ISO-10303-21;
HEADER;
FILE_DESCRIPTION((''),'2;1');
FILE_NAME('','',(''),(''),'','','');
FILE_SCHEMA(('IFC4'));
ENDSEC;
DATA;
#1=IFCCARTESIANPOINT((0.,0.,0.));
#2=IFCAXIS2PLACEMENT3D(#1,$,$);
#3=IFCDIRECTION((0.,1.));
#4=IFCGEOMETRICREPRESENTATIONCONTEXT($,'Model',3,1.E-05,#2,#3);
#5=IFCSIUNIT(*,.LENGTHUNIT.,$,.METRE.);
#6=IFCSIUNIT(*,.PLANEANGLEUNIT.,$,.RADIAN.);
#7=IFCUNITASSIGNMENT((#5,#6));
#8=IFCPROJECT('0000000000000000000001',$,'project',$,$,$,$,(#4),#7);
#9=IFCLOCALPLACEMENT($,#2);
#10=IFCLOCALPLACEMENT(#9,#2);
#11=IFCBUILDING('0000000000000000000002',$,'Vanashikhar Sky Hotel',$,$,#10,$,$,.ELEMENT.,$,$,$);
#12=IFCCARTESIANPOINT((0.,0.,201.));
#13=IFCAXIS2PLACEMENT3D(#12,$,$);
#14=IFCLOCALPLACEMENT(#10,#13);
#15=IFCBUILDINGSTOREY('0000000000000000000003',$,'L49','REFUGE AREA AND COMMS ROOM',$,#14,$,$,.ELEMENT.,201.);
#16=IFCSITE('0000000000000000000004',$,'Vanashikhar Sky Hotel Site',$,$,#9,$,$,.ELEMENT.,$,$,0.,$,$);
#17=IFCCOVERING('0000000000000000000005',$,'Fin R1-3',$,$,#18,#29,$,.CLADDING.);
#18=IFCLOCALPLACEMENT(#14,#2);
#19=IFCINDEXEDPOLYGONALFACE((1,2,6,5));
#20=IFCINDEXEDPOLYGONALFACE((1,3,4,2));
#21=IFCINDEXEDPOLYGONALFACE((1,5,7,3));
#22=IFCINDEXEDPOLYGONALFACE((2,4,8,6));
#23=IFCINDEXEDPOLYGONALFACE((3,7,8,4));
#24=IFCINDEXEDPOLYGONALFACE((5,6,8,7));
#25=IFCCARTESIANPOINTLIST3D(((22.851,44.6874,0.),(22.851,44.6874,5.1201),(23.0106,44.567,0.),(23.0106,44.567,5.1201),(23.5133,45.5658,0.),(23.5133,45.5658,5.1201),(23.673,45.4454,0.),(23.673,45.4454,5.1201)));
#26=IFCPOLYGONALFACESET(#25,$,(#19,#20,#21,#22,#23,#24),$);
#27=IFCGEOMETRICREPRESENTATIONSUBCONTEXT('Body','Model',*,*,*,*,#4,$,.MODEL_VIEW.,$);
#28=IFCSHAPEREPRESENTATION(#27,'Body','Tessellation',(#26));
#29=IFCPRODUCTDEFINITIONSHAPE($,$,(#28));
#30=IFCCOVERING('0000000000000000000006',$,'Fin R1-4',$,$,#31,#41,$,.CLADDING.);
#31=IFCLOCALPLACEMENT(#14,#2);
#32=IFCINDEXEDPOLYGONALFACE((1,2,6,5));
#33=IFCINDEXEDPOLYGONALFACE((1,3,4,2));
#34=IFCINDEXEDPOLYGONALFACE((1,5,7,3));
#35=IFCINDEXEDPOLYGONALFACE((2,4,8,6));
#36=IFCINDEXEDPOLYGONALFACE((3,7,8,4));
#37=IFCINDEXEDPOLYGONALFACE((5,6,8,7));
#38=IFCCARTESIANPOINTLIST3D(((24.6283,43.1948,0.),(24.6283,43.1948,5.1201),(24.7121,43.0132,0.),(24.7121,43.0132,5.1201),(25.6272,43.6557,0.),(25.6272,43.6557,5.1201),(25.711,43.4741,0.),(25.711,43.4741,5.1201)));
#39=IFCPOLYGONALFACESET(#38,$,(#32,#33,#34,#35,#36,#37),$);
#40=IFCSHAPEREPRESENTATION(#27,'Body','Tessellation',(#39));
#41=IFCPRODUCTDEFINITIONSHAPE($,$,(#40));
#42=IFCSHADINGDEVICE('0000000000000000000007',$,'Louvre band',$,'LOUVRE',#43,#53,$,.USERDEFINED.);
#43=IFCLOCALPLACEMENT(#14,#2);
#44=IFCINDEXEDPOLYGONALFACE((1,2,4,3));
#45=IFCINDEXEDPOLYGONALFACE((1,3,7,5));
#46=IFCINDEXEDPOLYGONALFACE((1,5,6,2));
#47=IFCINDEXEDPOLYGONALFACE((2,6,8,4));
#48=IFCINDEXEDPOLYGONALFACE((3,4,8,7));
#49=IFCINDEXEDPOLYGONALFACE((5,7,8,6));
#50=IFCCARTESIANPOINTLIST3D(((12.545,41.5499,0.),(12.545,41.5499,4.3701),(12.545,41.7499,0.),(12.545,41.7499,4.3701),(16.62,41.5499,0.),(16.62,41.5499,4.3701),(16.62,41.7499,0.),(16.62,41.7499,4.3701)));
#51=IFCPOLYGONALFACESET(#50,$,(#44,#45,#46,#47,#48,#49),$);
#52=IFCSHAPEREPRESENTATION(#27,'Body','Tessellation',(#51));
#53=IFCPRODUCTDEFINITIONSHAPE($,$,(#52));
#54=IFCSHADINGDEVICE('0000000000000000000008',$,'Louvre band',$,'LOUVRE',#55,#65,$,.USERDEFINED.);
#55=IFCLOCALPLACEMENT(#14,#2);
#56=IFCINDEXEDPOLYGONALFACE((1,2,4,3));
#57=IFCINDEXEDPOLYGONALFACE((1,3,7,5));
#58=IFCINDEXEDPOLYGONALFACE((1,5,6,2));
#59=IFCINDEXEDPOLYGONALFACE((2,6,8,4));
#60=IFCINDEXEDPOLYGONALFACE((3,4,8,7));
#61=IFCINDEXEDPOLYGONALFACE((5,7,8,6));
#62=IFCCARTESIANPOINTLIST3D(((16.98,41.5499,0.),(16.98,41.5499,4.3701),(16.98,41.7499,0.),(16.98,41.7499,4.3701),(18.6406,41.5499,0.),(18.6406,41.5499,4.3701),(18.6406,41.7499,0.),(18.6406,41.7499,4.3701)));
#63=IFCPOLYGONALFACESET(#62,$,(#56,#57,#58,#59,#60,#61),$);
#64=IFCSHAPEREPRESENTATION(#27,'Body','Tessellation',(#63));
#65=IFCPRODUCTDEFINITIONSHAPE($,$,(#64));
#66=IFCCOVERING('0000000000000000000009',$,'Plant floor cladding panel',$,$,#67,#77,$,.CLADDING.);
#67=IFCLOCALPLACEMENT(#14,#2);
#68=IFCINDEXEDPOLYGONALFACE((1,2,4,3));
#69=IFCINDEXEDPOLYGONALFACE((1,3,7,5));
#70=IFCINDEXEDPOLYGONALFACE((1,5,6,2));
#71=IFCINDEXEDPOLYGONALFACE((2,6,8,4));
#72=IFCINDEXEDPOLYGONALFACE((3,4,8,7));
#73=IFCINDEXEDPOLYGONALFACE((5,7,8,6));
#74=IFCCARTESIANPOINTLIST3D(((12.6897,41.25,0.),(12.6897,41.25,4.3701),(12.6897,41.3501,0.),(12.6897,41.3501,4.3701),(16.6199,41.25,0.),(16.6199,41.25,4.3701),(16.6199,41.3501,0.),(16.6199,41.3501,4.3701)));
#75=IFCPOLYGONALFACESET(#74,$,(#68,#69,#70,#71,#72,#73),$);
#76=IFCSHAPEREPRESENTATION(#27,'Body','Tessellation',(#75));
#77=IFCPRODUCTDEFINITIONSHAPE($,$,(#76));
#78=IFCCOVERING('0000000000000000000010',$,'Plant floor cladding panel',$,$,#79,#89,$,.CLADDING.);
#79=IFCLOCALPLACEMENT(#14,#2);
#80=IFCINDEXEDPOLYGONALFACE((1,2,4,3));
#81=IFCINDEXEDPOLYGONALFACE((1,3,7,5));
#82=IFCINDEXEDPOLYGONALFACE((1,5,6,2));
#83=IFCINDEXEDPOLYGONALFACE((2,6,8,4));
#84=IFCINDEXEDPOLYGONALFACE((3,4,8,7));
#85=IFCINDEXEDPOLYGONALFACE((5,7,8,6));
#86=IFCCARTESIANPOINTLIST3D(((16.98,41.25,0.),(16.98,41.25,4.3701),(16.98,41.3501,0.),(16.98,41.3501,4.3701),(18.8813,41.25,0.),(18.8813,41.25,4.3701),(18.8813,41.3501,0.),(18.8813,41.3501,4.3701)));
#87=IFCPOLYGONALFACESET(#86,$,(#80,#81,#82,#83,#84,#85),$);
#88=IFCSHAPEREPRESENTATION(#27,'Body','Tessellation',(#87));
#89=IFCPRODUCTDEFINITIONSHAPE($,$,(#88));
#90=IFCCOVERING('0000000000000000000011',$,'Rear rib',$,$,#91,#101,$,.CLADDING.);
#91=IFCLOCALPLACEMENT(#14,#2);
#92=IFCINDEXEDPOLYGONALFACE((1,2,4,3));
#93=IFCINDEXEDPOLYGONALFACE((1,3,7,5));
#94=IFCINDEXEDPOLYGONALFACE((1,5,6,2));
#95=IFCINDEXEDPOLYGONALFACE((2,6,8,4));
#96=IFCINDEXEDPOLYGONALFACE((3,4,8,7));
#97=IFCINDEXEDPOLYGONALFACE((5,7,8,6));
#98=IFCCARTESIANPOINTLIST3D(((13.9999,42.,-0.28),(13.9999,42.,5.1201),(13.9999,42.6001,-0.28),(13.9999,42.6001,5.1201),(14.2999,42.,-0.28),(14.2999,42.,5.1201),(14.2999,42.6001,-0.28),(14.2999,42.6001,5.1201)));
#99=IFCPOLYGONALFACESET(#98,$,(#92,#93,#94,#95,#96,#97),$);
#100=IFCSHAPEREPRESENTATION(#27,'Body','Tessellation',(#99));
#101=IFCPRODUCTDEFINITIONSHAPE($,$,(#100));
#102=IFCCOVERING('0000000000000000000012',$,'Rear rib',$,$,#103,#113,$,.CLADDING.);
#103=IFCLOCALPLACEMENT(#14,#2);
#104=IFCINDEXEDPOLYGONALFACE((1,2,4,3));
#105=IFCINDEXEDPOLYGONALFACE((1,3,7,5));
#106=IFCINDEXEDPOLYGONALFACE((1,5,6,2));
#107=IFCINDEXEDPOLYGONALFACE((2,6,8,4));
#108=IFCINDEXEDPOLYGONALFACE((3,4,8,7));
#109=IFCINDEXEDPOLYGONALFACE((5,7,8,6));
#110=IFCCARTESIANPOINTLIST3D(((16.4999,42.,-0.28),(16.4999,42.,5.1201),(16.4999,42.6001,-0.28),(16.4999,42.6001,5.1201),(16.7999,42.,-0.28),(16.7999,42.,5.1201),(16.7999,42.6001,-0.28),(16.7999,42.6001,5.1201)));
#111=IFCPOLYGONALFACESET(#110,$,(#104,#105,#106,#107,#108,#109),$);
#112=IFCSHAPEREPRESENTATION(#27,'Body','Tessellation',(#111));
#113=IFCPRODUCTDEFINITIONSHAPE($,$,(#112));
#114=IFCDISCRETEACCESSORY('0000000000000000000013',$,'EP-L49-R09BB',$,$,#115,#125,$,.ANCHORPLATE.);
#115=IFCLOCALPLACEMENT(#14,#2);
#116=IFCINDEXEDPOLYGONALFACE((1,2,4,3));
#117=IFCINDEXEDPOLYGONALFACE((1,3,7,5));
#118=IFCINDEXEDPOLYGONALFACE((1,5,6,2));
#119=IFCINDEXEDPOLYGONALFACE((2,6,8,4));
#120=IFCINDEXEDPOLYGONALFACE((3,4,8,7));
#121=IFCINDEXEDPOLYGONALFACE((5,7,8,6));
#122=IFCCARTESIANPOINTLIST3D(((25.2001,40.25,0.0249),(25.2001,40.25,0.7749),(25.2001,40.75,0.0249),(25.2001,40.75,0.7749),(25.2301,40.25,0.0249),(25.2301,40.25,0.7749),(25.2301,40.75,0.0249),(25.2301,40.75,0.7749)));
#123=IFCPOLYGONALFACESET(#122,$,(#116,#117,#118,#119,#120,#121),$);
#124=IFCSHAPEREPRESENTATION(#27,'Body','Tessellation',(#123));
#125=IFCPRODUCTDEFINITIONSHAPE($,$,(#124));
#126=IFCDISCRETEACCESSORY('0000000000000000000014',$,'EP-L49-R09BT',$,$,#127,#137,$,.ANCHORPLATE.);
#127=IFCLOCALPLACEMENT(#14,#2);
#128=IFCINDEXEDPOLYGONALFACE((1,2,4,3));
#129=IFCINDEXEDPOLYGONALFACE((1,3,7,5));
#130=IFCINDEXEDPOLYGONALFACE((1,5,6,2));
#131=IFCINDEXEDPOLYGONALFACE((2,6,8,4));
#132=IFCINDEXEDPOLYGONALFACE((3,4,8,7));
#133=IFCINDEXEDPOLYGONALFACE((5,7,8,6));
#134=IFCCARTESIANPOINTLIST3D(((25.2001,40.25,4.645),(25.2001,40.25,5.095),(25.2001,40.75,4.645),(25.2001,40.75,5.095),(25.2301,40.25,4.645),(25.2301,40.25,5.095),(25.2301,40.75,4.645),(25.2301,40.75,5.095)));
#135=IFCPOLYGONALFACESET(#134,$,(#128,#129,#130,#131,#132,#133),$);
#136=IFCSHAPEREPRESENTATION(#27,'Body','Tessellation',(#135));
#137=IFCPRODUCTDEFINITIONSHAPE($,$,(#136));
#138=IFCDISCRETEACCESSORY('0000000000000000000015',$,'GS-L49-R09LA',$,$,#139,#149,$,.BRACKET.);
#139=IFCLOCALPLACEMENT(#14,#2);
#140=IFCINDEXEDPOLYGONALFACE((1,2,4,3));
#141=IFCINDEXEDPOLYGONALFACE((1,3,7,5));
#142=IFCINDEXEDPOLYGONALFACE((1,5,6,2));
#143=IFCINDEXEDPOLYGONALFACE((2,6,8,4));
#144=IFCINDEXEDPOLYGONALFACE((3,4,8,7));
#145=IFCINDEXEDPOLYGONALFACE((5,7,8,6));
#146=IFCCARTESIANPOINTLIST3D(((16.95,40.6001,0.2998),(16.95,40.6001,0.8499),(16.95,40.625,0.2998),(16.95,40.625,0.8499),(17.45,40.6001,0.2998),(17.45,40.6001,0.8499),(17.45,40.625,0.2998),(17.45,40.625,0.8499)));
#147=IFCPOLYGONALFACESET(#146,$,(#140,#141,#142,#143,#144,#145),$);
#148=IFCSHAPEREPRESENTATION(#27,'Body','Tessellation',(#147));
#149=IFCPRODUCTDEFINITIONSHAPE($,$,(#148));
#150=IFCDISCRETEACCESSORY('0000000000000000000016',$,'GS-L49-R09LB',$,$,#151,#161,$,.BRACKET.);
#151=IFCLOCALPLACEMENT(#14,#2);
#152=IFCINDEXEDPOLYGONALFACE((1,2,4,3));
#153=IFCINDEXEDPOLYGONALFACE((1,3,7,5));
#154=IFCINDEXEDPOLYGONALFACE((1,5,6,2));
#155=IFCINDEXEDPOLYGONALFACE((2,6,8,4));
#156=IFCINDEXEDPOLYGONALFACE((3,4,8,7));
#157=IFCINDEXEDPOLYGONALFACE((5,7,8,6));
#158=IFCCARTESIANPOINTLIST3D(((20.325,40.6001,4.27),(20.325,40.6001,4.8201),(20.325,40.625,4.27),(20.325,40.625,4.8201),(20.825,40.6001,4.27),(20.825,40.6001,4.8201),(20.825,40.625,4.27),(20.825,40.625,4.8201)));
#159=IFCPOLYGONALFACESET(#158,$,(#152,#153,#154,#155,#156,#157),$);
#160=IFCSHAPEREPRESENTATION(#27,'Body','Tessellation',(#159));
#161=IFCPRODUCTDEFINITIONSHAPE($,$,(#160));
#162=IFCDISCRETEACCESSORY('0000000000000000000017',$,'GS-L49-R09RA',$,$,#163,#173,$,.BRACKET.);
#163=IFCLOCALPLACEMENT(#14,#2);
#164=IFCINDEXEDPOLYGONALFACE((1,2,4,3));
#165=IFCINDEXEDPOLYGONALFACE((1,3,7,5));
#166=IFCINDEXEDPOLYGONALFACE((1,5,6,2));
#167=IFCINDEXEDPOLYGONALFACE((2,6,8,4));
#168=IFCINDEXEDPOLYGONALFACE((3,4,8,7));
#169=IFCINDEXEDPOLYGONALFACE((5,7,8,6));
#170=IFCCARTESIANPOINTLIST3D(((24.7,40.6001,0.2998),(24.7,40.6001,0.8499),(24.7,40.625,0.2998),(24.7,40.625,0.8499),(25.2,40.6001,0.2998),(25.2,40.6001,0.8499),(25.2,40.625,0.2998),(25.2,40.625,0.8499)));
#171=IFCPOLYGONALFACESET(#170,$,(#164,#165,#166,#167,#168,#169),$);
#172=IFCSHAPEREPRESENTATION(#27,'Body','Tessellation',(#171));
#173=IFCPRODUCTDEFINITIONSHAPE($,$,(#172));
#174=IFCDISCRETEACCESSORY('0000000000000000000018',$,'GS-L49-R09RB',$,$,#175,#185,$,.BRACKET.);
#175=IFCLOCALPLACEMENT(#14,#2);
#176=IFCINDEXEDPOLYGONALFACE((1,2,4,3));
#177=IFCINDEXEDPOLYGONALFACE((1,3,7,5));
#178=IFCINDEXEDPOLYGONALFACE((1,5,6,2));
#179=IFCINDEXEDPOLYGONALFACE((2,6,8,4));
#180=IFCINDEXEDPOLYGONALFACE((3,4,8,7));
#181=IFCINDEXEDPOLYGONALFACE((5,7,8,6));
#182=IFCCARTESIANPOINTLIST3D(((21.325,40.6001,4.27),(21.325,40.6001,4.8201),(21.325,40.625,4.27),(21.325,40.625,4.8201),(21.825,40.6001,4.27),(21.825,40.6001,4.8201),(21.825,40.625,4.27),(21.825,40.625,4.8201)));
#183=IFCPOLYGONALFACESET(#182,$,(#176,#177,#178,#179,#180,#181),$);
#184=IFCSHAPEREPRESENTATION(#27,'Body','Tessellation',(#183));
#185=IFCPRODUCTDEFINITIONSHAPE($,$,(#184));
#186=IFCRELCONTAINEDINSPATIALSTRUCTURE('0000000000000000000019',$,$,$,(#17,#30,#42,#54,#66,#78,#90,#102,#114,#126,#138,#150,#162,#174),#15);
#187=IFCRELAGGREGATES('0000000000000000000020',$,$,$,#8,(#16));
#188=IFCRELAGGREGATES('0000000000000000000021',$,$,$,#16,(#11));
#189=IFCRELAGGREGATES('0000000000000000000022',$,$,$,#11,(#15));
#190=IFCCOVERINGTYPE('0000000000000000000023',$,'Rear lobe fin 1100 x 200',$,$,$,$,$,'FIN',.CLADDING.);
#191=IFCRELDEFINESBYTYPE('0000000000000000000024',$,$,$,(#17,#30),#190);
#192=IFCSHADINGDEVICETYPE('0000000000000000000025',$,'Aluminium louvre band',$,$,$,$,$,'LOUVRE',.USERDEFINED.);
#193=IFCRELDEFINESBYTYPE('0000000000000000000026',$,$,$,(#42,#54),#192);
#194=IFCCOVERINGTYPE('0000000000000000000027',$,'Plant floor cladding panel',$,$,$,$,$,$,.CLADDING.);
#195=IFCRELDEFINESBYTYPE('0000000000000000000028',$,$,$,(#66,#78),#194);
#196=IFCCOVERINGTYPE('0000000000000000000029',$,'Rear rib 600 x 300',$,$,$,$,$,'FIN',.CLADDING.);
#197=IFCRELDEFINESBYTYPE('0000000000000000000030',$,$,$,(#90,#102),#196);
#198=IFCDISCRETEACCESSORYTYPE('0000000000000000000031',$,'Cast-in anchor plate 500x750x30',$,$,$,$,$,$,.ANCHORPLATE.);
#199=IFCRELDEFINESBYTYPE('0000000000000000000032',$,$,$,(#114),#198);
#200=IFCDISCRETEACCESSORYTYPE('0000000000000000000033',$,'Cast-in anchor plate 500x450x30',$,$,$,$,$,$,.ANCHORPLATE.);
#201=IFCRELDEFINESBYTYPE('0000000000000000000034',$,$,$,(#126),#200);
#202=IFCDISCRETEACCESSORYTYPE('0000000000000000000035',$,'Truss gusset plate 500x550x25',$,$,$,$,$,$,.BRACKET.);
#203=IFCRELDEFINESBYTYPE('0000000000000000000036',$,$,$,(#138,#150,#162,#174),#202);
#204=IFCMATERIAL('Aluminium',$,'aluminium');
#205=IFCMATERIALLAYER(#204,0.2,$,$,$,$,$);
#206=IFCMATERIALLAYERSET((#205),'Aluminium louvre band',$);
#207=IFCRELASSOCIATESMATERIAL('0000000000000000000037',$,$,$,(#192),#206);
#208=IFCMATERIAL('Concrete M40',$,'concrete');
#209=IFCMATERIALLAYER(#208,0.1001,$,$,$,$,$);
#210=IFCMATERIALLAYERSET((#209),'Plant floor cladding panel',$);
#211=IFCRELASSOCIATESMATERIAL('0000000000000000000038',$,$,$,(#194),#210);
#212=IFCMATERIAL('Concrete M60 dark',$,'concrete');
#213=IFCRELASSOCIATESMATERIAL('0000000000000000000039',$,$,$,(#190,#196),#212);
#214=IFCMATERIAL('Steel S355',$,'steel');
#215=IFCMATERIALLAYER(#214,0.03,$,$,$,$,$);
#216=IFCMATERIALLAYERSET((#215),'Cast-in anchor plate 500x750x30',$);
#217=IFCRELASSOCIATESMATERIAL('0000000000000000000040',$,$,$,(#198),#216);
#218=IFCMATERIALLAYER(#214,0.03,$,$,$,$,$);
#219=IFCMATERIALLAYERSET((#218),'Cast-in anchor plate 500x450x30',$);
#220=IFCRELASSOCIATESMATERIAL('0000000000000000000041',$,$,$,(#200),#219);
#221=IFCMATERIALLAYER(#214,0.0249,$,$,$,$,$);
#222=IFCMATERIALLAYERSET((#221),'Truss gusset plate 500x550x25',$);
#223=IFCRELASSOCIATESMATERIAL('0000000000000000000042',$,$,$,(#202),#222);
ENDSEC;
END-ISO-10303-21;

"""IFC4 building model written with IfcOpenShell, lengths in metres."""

from ifc_helpers import new_model, si_unit, direction, frame, origin, origin_2d, place, context, subcontext, project, spatial, rectangle, extrude, source, transform, mapped, material, layer, layer_set, material_profile, profile_set, type_object, element, save


model = new_model("IFC4")

# Units and contexts
model_context = context("Model", 3, precision=1e-05, world=origin(), true_north=direction((0.0, 1.0)))
body_context = subcontext(model_context, "Body", "Model", "MODEL_VIEW")
ifc_project = project(units=[si_unit("LENGTHUNIT", "METRE"), si_unit("PLANEANGLEUNIT", "RADIAN")], contexts=[model_context])

# Site, building, storey
site_placement = place(None, origin())
site = spatial("IfcSite", under=ifc_project, at=site_placement, Name="Vanashikhar Sky Hotel Site", CompositionType="ELEMENT", RefElevation=0.0)
building_placement = place(site_placement, origin())
building = spatial("IfcBuilding", under=site, at=building_placement, Name="Vanashikhar Sky Hotel", CompositionType="ELEMENT")
storey_placement = place(building_placement, frame((0.0, 0.0, 201.0)))
storey = spatial("IfcBuildingStorey", under=building, at=storey_placement, Name="L49", Description="REFUGE AREA AND COMMS ROOM", CompositionType="ELEMENT", Elevation=201.0)

# Shared definitions
ifc_material_1 = material(Name="Aluminium", Category="aluminium")
ifc_layer_1 = layer(ifc_material_1, 0.2)
ifc_layer_set_1 = layer_set([ifc_layer_1], Name="Aluminium louvre band")
shading_device_type = type_object("IfcShadingDeviceType", Name="Aluminium louvre band", ElementType="LOUVRE", PredefinedType="USERDEFINED", material=ifc_layer_set_1)

# Coverings
ifc_material_2 = material(Name="Concrete M40", Category="concrete")
ifc_layer_2 = layer(ifc_material_2, 0.1001)
ifc_layer_set_2 = layer_set([ifc_layer_2], Name="Plant floor cladding panel")
covering_type_1 = type_object("IfcCoveringType", Name="Plant floor cladding panel", PredefinedType="CLADDING", material=ifc_layer_set_2)
ifc_material_3 = material(Name="Concrete M60 dark", Category="concrete")
ifc_material_profile_1 = material_profile(ifc_material_3, rectangle(XDim=1.1001, YDim=0.2, at=origin_2d()))
ifc_profile_set_1 = profile_set([ifc_material_profile_1], Name="Rear lobe fin 1100 x 200")
covering_type_2 = type_object("IfcCoveringType", Name="Rear lobe fin 1100 x 200", ElementType="FIN", PredefinedType="CLADDING", material=ifc_profile_set_1)
shared_shape_1 = source(origin(), body_context, "Body", "SweptSolid", [
    extrude(rectangle(XDim=1.1001, YDim=0.2, at=origin_2d()), origin(), (0.0, 0.0, 1.0), 5.1201),
])
for number, where, z_axis, x_axis, name in (
    (1, (23.262, 45.0664, 0.0), (0.0, 0.0, 1.0), (0.602066, 0.798446, 0.0), "Fin R1-3"),
    (2, (25.1697, 43.3345, 0.0), (0.0, 0.0, 1.0), (0.908004, 0.418961, 0.0), "Fin R1-4"),
):
    element("IfcCovering", number, at=place(storey_placement, frame(where, z_axis=z_axis, x_axis=x_axis)), inside=storey, type_object=covering_type_2, Name=name, PredefinedType="CLADDING", context=body_context, shape_type="MappedRepresentation", body=[
        mapped(shared_shape_1, transform((0.0, 0.0, 0.0), scale=1.0)),
    ])

# Shading devices
shared_shape_2 = source(origin(), body_context, "Body", "SweptSolid", [
    extrude(rectangle(XDim=4.075, YDim=0.2, at=origin_2d()), origin(), (0.0, 0.0, 1.0), 4.3701),
])
shading_device_1_placement = place(storey_placement, frame((14.5825, 41.6499, 0.0), z_axis=(0.0, 0.0, 1.0), x_axis=(-1.0, 0.0, 0.0)))
element("IfcShadingDevice", 3, at=shading_device_1_placement, inside=storey, type_object=shading_device_type, Name="Louvre band", ObjectType="LOUVRE", PredefinedType="USERDEFINED", context=body_context, shape_type="MappedRepresentation", body=[
    mapped(shared_shape_2, transform((0.0, 0.0, 0.0), scale=1.0)),
])
shared_shape_3 = source(origin(), body_context, "Body", "SweptSolid", [
    extrude(rectangle(XDim=1.6606, YDim=0.2, at=origin_2d()), origin(), (0.0, 0.0, 1.0), 4.3701),
])
shading_device_2_placement = place(storey_placement, frame((17.8103, 41.6499, 0.0), z_axis=(0.0, 0.0, 1.0), x_axis=(-1.0, 0.0, 0.0)))
element("IfcShadingDevice", 4, at=shading_device_2_placement, inside=storey, type_object=shading_device_type, Name="Louvre band", ObjectType="LOUVRE", PredefinedType="USERDEFINED", context=body_context, shape_type="MappedRepresentation", body=[
    mapped(shared_shape_3, transform((0.0, 0.0, 0.0), scale=1.0)),
])

# Coverings
shared_shape_4 = source(origin(), body_context, "Body", "SweptSolid", [
    extrude(rectangle(XDim=3.9302, YDim=0.1001, at=origin_2d()), origin(), (0.0, 0.0, 1.0), 4.3701),
])
covering_1_placement = place(storey_placement, frame((14.6548, 41.3, 0.0), z_axis=(0.0, 0.0, 1.0), x_axis=(-1.0, 0.0, 0.0)))
element("IfcCovering", 5, at=covering_1_placement, inside=storey, type_object=covering_type_1, Name="Plant floor cladding panel", PredefinedType="CLADDING", context=body_context, shape_type="MappedRepresentation", body=[
    mapped(shared_shape_4, transform((0.0, 0.0, 0.0), scale=1.0)),
])
shared_shape_5 = source(origin(), body_context, "Body", "SweptSolid", [
    extrude(rectangle(XDim=1.9014, YDim=0.1001, at=origin_2d()), origin(), (0.0, 0.0, 1.0), 4.3701),
])
covering_2_placement = place(storey_placement, frame((17.9307, 41.3, 0.0), z_axis=(0.0, 0.0, 1.0), x_axis=(-1.0, 0.0, 0.0)))
element("IfcCovering", 6, at=covering_2_placement, inside=storey, type_object=covering_type_1, Name="Plant floor cladding panel", PredefinedType="CLADDING", context=body_context, shape_type="MappedRepresentation", body=[
    mapped(shared_shape_5, transform((0.0, 0.0, 0.0), scale=1.0)),
])
ifc_material_profile_2 = material_profile(ifc_material_3, rectangle(XDim=0.6001, YDim=0.3, at=origin_2d()))
ifc_profile_set_2 = profile_set([ifc_material_profile_2], Name="Rear rib 600 x 300")
covering_type_3 = type_object("IfcCoveringType", Name="Rear rib 600 x 300", ElementType="FIN", PredefinedType="CLADDING", material=ifc_profile_set_2)
shared_shape_6 = source(origin(), body_context, "Body", "SweptSolid", [
    extrude(rectangle(XDim=0.6001, YDim=0.3, at=origin_2d()), origin(), (0.0, 0.0, 1.0), 5.4001),
])
for number, where, z_axis, x_axis, name in (
    (7, (14.1499, 42.3, -0.28), (0.0, 0.0, 1.0), (0.0, 1.0, 0.0), "Rear rib"),
    (8, (16.6499, 42.3, -0.28), (0.0, 0.0, 1.0), (0.0, 1.0, 0.0), "Rear rib"),
):
    element("IfcCovering", number, at=place(storey_placement, frame(where, z_axis=z_axis, x_axis=x_axis)), inside=storey, type_object=covering_type_3, Name=name, PredefinedType="CLADDING", context=body_context, shape_type="MappedRepresentation", body=[
        mapped(shared_shape_6, transform((0.0, 0.0, 0.0), scale=1.0)),
    ])

# Discrete accessories
ifc_material_4 = material(Name="Steel S355", Category="steel")
ifc_layer_3 = layer(ifc_material_4, 0.03)
ifc_layer_set_3 = layer_set([ifc_layer_3], Name="Cast-in anchor plate 500x750x30")
discrete_accessory_type_1 = type_object("IfcDiscreteAccessoryType", Name="Cast-in anchor plate 500x750x30", PredefinedType="ANCHORPLATE", material=ifc_layer_set_3)
shared_shape_7 = source(origin(), body_context, "Body", "SweptSolid", [
    extrude(rectangle(XDim=0.03, YDim=0.5, at=origin_2d()), origin(), (0.0, 0.0, 1.0), 0.75),
])
discrete_accessory_1_placement = place(storey_placement, frame((25.2151, 40.5, 0.0249), z_axis=(0.0, 0.0, 1.0), x_axis=(1.0, 0.0, 0.0)))
element("IfcDiscreteAccessory", 9, at=discrete_accessory_1_placement, inside=storey, type_object=discrete_accessory_type_1, Name="EP-L49-R09BB", PredefinedType="ANCHORPLATE", context=body_context, shape_type="MappedRepresentation", body=[
    mapped(shared_shape_7, transform((0.0, 0.0, 0.0), scale=1.0)),
])
ifc_layer_4 = layer(ifc_material_4, 0.03)
ifc_layer_set_4 = layer_set([ifc_layer_4], Name="Cast-in anchor plate 500x450x30")
discrete_accessory_type_2 = type_object("IfcDiscreteAccessoryType", Name="Cast-in anchor plate 500x450x30", PredefinedType="ANCHORPLATE", material=ifc_layer_set_4)
shared_shape_8 = source(origin(), body_context, "Body", "SweptSolid", [
    extrude(rectangle(XDim=0.03, YDim=0.5, at=origin_2d()), origin(), (0.0, 0.0, 1.0), 0.45),
])
discrete_accessory_2_placement = place(storey_placement, frame((25.2151, 40.5, 4.645), z_axis=(0.0, 0.0, 1.0), x_axis=(1.0, 0.0, 0.0)))
element("IfcDiscreteAccessory", 10, at=discrete_accessory_2_placement, inside=storey, type_object=discrete_accessory_type_2, Name="EP-L49-R09BT", PredefinedType="ANCHORPLATE", context=body_context, shape_type="MappedRepresentation", body=[
    mapped(shared_shape_8, transform((0.0, 0.0, 0.0), scale=1.0)),
])
ifc_layer_5 = layer(ifc_material_4, 0.0249)
ifc_layer_set_5 = layer_set([ifc_layer_5], Name="Truss gusset plate 500x550x25")
discrete_accessory_type_3 = type_object("IfcDiscreteAccessoryType", Name="Truss gusset plate 500x550x25", PredefinedType="BRACKET", material=ifc_layer_set_5)
shared_shape_9 = source(origin(), body_context, "Body", "SweptSolid", [
    extrude(rectangle(XDim=0.5, YDim=0.0249, at=origin_2d()), origin(), (0.0, 0.0, 1.0), 0.55),
])
for number, where, z_axis, x_axis, name in (
    (11, (17.2, 40.6125, 0.2998), (0.0, 0.0, 1.0), (1.0, 0.0, 0.0), "GS-L49-R09LA"),
    (12, (20.575, 40.6125, 4.27), (0.0, 0.0, 1.0), (1.0, 0.0, 0.0), "GS-L49-R09LB"),
    (13, (24.95, 40.6125, 0.2998), (0.0, 0.0, 1.0), (1.0, 0.0, 0.0), "GS-L49-R09RA"),
    (14, (21.575, 40.6125, 4.27), (0.0, 0.0, 1.0), (1.0, 0.0, 0.0), "GS-L49-R09RB"),
):
    element("IfcDiscreteAccessory", number, at=place(storey_placement, frame(where, z_axis=z_axis, x_axis=x_axis)), inside=storey, type_object=discrete_accessory_type_3, Name=name, PredefinedType="BRACKET", context=body_context, shape_type="MappedRepresentation", body=[
        mapped(shared_shape_9, transform((0.0, 0.0, 0.0), scale=1.0)),
    ])

save(model, "model.ifc")
